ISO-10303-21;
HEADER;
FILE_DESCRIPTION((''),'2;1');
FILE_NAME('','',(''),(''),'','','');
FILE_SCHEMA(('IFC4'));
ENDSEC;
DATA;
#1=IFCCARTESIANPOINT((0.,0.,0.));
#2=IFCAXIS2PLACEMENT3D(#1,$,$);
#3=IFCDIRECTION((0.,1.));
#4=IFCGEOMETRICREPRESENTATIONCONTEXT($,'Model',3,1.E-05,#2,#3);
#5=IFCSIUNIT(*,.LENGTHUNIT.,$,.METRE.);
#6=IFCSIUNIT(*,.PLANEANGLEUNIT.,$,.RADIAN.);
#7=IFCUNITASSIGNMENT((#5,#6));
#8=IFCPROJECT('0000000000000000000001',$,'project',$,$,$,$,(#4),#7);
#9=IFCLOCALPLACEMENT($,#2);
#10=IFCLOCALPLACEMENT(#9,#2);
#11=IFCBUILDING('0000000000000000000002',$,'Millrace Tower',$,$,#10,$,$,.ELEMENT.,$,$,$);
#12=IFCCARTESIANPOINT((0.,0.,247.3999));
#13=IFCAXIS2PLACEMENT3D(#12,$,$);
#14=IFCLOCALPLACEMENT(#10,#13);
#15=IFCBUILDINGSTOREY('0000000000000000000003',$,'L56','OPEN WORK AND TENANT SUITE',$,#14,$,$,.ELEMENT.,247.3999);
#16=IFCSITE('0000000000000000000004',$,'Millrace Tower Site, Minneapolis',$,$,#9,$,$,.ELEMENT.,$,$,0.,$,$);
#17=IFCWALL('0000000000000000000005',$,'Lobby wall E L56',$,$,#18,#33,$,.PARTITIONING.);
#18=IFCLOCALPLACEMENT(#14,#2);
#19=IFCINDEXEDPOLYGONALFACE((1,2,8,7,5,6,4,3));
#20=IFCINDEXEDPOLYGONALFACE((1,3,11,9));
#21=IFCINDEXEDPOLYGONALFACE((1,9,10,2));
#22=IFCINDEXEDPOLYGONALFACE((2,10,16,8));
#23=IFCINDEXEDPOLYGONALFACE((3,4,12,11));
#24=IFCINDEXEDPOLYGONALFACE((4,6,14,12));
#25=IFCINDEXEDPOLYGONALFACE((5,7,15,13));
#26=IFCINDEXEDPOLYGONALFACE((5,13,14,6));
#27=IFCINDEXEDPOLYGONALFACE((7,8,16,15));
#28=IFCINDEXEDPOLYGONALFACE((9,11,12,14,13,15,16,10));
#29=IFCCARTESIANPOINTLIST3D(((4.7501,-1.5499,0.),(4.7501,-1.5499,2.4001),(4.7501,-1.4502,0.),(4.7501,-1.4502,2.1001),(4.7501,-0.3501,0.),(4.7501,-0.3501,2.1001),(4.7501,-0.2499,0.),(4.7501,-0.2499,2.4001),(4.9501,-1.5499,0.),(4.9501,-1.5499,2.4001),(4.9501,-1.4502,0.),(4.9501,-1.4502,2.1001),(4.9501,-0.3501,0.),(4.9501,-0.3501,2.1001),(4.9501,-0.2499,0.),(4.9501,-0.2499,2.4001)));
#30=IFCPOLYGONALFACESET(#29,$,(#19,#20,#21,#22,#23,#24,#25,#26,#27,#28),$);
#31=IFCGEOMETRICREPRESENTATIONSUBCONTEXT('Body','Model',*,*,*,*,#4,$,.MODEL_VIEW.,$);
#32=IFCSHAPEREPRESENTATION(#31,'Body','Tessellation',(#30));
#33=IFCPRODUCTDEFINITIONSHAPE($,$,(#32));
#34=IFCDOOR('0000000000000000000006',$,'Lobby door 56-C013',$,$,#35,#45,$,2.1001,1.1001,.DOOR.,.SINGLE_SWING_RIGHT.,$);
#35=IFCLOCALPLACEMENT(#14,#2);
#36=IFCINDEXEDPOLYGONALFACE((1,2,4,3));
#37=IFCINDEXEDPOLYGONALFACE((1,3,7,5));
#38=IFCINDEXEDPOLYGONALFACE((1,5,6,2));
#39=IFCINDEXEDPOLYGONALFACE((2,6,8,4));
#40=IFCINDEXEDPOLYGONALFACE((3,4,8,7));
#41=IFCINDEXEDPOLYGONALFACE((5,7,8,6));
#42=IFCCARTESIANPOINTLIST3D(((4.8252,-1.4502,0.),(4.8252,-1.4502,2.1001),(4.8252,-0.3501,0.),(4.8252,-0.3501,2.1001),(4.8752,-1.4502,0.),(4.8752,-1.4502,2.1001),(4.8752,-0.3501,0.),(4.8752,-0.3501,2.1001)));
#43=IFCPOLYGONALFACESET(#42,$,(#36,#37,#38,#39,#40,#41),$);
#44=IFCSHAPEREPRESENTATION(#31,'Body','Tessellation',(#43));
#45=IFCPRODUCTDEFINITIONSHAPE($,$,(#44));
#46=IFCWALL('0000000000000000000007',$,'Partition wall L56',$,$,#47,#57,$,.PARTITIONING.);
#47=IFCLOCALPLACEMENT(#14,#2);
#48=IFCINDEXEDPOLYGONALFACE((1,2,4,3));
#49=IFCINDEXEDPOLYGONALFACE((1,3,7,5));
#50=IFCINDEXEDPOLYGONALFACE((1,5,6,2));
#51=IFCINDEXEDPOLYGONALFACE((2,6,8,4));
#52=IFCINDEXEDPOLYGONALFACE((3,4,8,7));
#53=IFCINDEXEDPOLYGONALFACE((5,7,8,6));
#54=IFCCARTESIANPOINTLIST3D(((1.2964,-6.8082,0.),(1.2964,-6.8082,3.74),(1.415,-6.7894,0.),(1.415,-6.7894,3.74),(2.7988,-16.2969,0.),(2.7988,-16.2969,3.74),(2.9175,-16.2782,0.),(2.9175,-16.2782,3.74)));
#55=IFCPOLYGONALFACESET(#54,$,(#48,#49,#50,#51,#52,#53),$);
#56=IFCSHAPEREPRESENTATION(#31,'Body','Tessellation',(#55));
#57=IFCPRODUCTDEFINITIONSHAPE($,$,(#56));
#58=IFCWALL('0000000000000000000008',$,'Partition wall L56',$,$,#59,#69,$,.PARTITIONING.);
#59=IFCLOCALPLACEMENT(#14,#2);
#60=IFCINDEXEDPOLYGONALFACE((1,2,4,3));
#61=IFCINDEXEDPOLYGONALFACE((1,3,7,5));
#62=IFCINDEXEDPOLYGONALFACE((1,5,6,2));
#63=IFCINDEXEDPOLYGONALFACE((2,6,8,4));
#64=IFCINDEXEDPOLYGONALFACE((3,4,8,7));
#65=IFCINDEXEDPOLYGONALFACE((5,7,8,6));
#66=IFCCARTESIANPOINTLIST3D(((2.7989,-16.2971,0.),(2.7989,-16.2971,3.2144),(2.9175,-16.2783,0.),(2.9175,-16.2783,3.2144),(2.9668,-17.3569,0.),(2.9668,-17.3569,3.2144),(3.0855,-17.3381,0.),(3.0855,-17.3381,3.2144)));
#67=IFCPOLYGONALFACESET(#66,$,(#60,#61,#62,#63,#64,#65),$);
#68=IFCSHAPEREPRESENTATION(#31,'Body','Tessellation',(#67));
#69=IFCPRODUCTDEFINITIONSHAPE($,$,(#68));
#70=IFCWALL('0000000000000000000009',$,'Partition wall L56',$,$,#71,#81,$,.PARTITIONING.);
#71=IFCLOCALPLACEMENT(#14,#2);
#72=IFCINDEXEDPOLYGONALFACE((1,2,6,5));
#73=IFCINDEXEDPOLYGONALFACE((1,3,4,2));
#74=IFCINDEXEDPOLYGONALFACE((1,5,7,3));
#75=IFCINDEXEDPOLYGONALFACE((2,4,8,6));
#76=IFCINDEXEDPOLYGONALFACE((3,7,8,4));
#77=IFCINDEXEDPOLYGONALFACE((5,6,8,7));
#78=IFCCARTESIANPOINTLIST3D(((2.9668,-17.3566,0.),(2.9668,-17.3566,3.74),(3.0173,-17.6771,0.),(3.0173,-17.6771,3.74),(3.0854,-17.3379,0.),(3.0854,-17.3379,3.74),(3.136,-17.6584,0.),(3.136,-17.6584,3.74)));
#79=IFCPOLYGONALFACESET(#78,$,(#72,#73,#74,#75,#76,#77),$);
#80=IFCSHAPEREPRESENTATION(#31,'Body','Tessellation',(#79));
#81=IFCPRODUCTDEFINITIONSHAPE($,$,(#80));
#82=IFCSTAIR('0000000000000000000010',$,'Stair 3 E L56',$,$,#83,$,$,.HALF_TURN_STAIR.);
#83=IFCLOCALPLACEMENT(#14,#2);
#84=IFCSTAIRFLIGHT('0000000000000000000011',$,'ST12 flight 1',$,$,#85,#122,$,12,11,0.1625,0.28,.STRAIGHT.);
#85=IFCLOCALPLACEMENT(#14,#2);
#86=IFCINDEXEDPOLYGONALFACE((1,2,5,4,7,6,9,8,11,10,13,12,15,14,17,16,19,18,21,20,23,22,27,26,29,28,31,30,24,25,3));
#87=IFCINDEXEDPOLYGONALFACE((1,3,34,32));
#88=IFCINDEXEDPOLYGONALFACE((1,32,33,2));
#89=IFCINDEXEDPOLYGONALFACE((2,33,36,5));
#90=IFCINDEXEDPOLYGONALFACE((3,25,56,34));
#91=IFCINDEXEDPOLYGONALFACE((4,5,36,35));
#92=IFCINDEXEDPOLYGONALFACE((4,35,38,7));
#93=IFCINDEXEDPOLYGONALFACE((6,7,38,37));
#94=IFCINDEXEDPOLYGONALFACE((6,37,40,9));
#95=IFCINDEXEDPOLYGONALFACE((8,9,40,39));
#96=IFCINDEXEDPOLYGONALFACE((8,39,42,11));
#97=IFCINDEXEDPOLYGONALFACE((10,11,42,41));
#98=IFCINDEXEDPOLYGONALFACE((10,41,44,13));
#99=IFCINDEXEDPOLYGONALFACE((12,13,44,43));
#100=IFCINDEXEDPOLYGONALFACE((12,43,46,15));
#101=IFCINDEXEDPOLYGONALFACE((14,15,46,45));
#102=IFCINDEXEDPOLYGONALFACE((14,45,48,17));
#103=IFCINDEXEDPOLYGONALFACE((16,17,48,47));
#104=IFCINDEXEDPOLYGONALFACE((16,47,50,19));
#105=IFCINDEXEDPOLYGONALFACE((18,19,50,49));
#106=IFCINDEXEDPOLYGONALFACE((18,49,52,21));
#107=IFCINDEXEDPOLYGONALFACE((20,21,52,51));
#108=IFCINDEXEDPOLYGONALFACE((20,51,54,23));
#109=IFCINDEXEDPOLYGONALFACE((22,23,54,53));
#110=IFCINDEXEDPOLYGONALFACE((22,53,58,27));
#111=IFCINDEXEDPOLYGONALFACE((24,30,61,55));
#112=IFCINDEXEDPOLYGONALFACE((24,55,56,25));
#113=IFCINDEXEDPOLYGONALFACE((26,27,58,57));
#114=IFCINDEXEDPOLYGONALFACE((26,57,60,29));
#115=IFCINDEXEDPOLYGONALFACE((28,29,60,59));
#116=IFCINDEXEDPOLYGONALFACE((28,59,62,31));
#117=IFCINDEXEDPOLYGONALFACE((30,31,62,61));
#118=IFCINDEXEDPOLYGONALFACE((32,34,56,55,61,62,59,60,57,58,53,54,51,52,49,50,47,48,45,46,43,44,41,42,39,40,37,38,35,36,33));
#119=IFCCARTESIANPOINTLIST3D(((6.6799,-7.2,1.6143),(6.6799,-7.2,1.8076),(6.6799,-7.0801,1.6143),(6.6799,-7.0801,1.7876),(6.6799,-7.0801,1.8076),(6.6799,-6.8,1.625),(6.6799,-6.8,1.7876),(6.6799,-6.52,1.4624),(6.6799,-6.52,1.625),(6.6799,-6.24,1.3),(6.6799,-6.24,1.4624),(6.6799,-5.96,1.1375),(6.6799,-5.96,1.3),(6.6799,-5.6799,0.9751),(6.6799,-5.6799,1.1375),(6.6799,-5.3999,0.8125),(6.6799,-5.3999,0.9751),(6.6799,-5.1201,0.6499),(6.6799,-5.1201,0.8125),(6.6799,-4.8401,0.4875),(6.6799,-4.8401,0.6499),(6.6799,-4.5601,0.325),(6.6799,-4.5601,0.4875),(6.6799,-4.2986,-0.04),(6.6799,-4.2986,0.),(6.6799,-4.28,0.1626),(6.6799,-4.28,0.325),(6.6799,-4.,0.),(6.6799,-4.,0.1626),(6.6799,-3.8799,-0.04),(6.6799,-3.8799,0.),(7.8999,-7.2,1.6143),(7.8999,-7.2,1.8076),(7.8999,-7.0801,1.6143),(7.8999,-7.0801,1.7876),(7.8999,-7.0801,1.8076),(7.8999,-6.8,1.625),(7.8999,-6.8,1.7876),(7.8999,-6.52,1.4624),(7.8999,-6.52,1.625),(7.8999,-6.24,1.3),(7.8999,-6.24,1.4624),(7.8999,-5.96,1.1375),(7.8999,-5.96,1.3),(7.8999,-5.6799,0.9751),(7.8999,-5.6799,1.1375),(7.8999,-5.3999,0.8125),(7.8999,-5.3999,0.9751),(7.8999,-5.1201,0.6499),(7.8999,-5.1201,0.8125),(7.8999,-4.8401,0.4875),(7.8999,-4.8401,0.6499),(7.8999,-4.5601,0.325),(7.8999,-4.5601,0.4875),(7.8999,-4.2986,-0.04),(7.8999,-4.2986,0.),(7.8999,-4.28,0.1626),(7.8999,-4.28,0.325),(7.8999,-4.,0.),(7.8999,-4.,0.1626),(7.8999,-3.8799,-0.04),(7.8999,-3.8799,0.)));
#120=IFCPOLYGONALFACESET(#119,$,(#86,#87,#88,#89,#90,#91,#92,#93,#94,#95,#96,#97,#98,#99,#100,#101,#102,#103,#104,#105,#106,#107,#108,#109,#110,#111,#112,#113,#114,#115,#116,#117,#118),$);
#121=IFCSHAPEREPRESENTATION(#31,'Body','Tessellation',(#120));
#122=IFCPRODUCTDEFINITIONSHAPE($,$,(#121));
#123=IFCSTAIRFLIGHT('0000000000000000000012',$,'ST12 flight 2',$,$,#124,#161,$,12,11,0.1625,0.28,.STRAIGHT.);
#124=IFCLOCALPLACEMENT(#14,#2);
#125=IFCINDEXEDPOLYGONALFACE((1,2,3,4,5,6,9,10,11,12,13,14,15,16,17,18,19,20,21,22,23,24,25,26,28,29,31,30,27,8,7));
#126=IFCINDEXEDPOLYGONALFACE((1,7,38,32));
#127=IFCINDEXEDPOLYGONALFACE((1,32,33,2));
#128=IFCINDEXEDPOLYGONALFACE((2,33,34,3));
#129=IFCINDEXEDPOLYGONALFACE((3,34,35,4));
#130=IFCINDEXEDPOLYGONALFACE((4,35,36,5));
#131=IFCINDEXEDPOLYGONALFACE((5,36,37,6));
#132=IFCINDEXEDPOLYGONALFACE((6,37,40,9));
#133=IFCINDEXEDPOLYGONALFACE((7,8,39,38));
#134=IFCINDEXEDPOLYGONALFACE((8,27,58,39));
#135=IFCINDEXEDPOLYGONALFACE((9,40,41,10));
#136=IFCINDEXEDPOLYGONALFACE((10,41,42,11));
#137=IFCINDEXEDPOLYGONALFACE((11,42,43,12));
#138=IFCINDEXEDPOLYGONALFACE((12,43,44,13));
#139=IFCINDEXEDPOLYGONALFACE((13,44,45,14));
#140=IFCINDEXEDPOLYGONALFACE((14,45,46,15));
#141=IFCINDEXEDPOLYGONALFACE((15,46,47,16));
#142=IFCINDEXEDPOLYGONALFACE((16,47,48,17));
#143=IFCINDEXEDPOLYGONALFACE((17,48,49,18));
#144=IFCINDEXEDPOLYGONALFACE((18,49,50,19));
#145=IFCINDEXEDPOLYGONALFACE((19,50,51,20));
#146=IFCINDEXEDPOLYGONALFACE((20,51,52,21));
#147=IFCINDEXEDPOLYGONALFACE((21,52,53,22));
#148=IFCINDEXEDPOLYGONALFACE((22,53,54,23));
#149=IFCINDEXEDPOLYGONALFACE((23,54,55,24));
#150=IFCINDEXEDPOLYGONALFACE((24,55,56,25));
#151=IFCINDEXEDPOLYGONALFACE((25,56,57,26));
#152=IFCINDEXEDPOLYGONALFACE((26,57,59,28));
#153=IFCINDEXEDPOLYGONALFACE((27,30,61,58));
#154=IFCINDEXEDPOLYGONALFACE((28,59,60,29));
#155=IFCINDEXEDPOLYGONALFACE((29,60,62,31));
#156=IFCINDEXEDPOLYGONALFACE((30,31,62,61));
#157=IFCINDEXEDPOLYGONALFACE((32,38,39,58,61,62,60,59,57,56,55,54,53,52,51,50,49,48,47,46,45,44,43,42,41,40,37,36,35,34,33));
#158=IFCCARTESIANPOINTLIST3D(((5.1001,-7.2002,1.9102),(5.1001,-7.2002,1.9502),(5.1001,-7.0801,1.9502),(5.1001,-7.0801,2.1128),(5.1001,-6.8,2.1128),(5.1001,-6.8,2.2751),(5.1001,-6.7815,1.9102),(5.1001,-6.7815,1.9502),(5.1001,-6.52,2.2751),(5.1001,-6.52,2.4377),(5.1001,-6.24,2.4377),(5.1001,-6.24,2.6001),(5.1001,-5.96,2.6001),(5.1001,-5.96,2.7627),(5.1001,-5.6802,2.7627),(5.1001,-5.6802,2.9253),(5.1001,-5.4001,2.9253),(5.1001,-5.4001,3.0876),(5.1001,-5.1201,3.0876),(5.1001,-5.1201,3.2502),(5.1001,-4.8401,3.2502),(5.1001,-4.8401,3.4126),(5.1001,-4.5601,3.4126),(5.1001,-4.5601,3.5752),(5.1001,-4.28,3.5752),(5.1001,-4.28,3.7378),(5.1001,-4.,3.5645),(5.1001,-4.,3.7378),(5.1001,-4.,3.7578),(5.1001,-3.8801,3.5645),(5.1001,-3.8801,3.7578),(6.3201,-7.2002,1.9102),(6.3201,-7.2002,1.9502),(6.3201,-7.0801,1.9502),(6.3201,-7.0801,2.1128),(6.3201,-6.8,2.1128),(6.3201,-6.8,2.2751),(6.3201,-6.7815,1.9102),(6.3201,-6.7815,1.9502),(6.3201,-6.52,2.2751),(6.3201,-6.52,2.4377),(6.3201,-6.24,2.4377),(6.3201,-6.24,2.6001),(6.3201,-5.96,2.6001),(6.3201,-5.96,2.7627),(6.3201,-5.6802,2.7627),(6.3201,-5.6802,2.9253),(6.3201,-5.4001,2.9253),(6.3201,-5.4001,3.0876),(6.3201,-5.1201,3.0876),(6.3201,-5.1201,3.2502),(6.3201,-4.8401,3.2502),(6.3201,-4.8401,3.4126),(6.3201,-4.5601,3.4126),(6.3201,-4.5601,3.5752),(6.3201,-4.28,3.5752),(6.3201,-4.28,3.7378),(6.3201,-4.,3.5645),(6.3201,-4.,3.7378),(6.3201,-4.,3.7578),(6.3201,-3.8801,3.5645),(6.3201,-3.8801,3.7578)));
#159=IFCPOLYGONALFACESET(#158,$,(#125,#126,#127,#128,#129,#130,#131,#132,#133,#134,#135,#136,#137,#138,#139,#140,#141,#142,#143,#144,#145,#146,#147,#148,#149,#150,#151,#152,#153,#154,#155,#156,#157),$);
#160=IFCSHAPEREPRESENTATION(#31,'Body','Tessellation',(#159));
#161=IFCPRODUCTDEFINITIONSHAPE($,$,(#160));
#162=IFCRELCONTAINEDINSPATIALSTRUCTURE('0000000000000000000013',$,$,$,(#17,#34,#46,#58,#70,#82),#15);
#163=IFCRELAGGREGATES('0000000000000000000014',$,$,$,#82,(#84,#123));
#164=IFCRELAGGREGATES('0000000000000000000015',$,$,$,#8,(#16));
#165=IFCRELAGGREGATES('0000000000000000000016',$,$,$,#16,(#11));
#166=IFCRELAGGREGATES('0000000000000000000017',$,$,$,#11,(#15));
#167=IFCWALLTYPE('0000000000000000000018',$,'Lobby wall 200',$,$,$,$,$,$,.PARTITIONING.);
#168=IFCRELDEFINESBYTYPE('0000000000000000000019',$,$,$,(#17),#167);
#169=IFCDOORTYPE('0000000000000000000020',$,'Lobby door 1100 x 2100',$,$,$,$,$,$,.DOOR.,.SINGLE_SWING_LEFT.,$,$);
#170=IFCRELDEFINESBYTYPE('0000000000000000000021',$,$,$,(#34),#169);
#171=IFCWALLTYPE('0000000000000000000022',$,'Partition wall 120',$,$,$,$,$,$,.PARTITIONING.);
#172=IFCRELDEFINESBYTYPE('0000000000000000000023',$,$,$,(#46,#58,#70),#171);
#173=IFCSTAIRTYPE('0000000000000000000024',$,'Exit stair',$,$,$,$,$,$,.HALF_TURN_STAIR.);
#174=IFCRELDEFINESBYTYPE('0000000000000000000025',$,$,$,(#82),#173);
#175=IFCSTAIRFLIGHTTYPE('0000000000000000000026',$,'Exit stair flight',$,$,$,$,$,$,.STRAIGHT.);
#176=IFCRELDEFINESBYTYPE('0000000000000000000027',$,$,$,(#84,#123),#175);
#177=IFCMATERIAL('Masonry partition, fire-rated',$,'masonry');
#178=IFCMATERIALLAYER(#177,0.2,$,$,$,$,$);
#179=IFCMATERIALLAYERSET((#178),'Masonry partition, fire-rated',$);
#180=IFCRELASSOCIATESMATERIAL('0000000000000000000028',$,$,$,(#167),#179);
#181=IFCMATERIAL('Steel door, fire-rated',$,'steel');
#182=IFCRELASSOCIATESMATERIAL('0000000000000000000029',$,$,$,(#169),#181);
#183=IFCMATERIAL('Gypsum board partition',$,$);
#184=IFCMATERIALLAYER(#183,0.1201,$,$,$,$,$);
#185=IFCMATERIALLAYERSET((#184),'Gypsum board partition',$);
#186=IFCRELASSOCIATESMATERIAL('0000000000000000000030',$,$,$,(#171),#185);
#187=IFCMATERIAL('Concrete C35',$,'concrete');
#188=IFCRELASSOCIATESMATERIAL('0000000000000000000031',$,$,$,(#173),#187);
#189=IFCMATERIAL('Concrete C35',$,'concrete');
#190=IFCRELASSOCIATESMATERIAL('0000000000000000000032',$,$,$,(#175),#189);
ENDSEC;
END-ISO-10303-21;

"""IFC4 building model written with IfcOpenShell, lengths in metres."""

from ifc_helpers import new_model, si_unit, direction, frame, frame_2d, origin, place, context, subcontext, project, spatial, polyline, rectangle, outline, extrude, material, layer, layer_set, type_object, element, fill, aggregate, save


model = new_model("IFC4")

# Units and contexts
model_context = context("Model", 3, precision=1e-05, world=origin(), true_north=direction((0.0, 1.0)))
body_context = subcontext(model_context, "Body", "Model", "MODEL_VIEW")
ifc_project = project(units=[si_unit("LENGTHUNIT", "METRE"), si_unit("PLANEANGLEUNIT", "RADIAN")], contexts=[model_context])

# Site, building, storey
site_placement = place(None, origin())
site = spatial("IfcSite", under=ifc_project, at=site_placement, Name="Millrace Tower Site, Minneapolis", CompositionType="ELEMENT", RefElevation=0.0)
building_placement = place(site_placement, origin())
building = spatial("IfcBuilding", under=site, at=building_placement, Name="Millrace Tower", CompositionType="ELEMENT")
storey_placement = place(building_placement, frame((0.0, 0.0, 247.3999)))
storey = spatial("IfcBuildingStorey", under=building, at=storey_placement, Name="L56", Description="OPEN WORK AND TENANT SUITE", CompositionType="ELEMENT", Elevation=247.3999)

# Shared definitions
placement_1 = place(storey_placement, origin())

# Wall, opening, door
ifc_material_1 = material(Name="Masonry partition, fire-rated", Category="masonry")
ifc_layer_1 = layer(ifc_material_1, 0.2)
ifc_layer_set_1 = layer_set([ifc_layer_1], Name="Masonry partition, fire-rated")
wall_type_1 = type_object("IfcWallType", Name="Lobby wall 200", PredefinedType="PARTITIONING", material=ifc_layer_set_1)
wall_1_placement = place(storey_placement, frame((4.8501, -0.25, 0.0), z_axis=(0.0, 0.0, 1.0), x_axis=(0.0, -1.0, 0.0)))
wall_1 = element("IfcWall", 1, at=wall_1_placement, inside=storey, type_object=wall_type_1, Name="Lobby wall E L56", PredefinedType="PARTITIONING", context=body_context, shape_type="SweptSolid", body=[
    extrude(rectangle(XDim=1.3, YDim=0.2, at=frame_2d((0.6499, 0.0))), origin(), (0.0, 0.0, 1.0), 2.4001),
])
opening_placement = place(wall_1_placement, frame((0.1001, 0.0, 0.0)))
opening = element("IfcOpeningElement", 2, at=opening_placement, cuts=wall_1, PredefinedType="OPENING", context=body_context, shape_type="SweptSolid", body=[
    extrude(rectangle(XDim=1.1001, YDim=2.1001, at=frame_2d((0.55, 1.05))), frame((0.0, 0.1099, 0.0), z_axis=(0.0, -1.0, 0.0), x_axis=(1.0, 0.0, 0.0)), (0.0, 0.0, 1.0), 0.22),
])
ifc_material_2 = material(Name="Steel door, fire-rated", Category="steel")
door_type = type_object("IfcDoorType", Name="Lobby door 1100 x 2100", OperationType="SINGLE_SWING_LEFT", PredefinedType="DOOR", material=ifc_material_2)
door_placement = place(opening_placement, frame((1.1001, 0.0, 0.0), z_axis=(0.0, 0.0, 1.0), x_axis=(-1.0, 0.0, 0.0)))
door = element("IfcDoor", 3, at=door_placement, inside=storey, type_object=door_type, Name="Lobby door 56-C013", OperationType="SINGLE_SWING_RIGHT", OverallHeight=2.1001, OverallWidth=1.1001, PredefinedType="DOOR", context=body_context, shape_type="SweptSolid", body=[
    extrude(rectangle(XDim=1.1001, YDim=2.1001, at=frame_2d((0.55, 1.05))), frame((0.0, 0.0249, 0.0), z_axis=(0.0, -1.0, 0.0), x_axis=(1.0, 0.0, 0.0)), (0.0, 0.0, 1.0), 0.05),
])
fill(opening, door)

# Walls
ifc_material_3 = material(Name="Gypsum board partition")
ifc_layer_2 = layer(ifc_material_3, 0.1201)
ifc_layer_set_2 = layer_set([ifc_layer_2], Name="Gypsum board partition")
wall_type_2 = type_object("IfcWallType", Name="Partition wall 120", PredefinedType="PARTITIONING", material=ifc_layer_set_2)
wall_2_placement = place(storey_placement, frame((1.3557, -6.7988, 0.0), z_axis=(0.0, 0.0, 1.0), x_axis=(0.156391, -0.987695, 0.0)))
element("IfcWall", 4, at=wall_2_placement, inside=storey, type_object=wall_type_2, Name="Partition wall L56", PredefinedType="PARTITIONING", context=body_context, shape_type="SweptSolid", body=[
    extrude(rectangle(XDim=9.6069, YDim=0.1201, at=frame_2d((4.8035, 0.0))), origin(), (0.0, 0.0, 1.0), 3.74),
])
wall_3_placement = place(storey_placement, frame((2.8582, -16.2876, 0.0), z_axis=(0.0, 0.0, 1.0), x_axis=(0.156535, -0.987672, 0.0)))
element("IfcWall", 5, at=wall_3_placement, inside=storey, type_object=wall_type_2, Name="Partition wall L56", PredefinedType="PARTITIONING", context=body_context, shape_type="SweptSolid", body=[
    extrude(rectangle(XDim=1.073, YDim=0.1201, at=frame_2d((0.5366, 0.0))), origin(), (0.0, 0.0, 1.0), 3.2144),
])
wall_4_placement = place(storey_placement, frame((3.0261, -17.3474, 0.0), z_axis=(0.0, 0.0, 1.0), x_axis=(0.155731, -0.9878, 0.0)))
element("IfcWall", 6, at=wall_4_placement, inside=storey, type_object=wall_type_2, Name="Partition wall L56", PredefinedType="PARTITIONING", context=body_context, shape_type="SweptSolid", body=[
    extrude(rectangle(XDim=0.3245, YDim=0.1201, at=frame_2d((0.1621, 0.0))), origin(), (0.0, 0.0, 1.0), 3.74),
])

# Stair, stair flights
ifc_material_4 = material(Name="Concrete C35", Category="concrete")
stair_type = type_object("IfcStairType", Name="Exit stair", PredefinedType="HALF_TURN_STAIR", material=ifc_material_4)
stair = element("IfcStair", 7, at=placement_1, inside=storey, type_object=stair_type, Name="Stair 3 E L56", PredefinedType="HALF_TURN_STAIR")
ifc_material_5 = material(Name="Concrete C35", Category="concrete")
stair_flight_type = type_object("IfcStairFlightType", Name="Exit stair flight", PredefinedType="STRAIGHT", material=ifc_material_5)
stair_flight_1_placement = place(storey_placement, frame((7.29, -4.0, 0.0), z_axis=(0.0, 0.0, 1.0), x_axis=(0.0, -1.0, 0.0)))
stair_flight_1 = element("IfcStairFlight", 8, at=stair_flight_1_placement, type_object=stair_flight_type, Name="ST12 flight 1", NumberOfRisers=12, NumberOfTreads=11, PredefinedType="STRAIGHT", RiserHeight=0.1625, TreadLength=0.28, context=body_context, shape_type="SweptSolid", body=[
    extrude(outline(polyline([(-0.1201, -0.04), (-0.1201, 0.0), (0.0, 0.0), (0.0, 0.1626), (0.28, 0.1626), (0.28, 0.325), (0.5601, 0.325), (0.5601, 0.4875), (0.8401, 0.4875), (0.8401, 0.6499), (1.1201, 0.6499), (1.1201, 0.8125), (1.3999, 0.8125), (1.3999, 0.9751), (1.6799, 0.9751), (1.6799, 1.1375), (1.96, 1.1375), (1.96, 1.3), (2.24, 1.3), (2.24, 1.4624), (2.52, 1.4624), (2.52, 1.625), (2.8, 1.625), (2.8, 1.7876), (3.0801, 1.7876), (3.0801, 1.8076), (3.2, 1.8076), (3.2, 1.6143), (3.0801, 1.6143), (0.2986, 0.0), (0.2986, -0.04), (-0.1201, -0.04)])), frame((0.0, 0.6099, 0.0), z_axis=(0.0, -1.0, 0.0), x_axis=(1.0, 0.0, 0.0)), (0.0, 0.0, 1.0), 1.22),
])
stair_flight_2_placement = place(storey_placement, frame((5.71, -7.0801, 1.9502), z_axis=(0.0, 0.0, 1.0), x_axis=(0.0, 1.0, 0.0)))
stair_flight_2 = element("IfcStairFlight", 9, at=stair_flight_2_placement, type_object=stair_flight_type, Name="ST12 flight 2", NumberOfRisers=12, NumberOfTreads=11, PredefinedType="STRAIGHT", RiserHeight=0.1625, TreadLength=0.28, context=body_context, shape_type="SweptSolid", body=[
    extrude(outline(polyline([(-0.1201, -0.04), (-0.1201, 0.0), (0.0, 0.0), (0.0, 0.1626), (0.28, 0.1626), (0.28, 0.325), (0.5601, 0.325), (0.5601, 0.4875), (0.8401, 0.4875), (0.8401, 0.6499), (1.1201, 0.6499), (1.1201, 0.8125), (1.3999, 0.8125), (1.3999, 0.9751), (1.6799, 0.9751), (1.6799, 1.1375), (1.96, 1.1375), (1.96, 1.3), (2.24, 1.3), (2.24, 1.4624), (2.52, 1.4624), (2.52, 1.625), (2.8, 1.625), (2.8, 1.7876), (3.0801, 1.7876), (3.0801, 1.8076), (3.2, 1.8076), (3.2, 1.6143), (3.0801, 1.6143), (0.2986, 0.0), (0.2986, -0.04), (-0.1201, -0.04)])), frame((0.0, 0.6099, 0.0), z_axis=(0.0, -1.0, 0.0), x_axis=(1.0, 0.0, 0.0)), (0.0, 0.0, 1.0), 1.22),
])
aggregate(stair, [stair_flight_1, stair_flight_2])

save(model, "model.ifc")
